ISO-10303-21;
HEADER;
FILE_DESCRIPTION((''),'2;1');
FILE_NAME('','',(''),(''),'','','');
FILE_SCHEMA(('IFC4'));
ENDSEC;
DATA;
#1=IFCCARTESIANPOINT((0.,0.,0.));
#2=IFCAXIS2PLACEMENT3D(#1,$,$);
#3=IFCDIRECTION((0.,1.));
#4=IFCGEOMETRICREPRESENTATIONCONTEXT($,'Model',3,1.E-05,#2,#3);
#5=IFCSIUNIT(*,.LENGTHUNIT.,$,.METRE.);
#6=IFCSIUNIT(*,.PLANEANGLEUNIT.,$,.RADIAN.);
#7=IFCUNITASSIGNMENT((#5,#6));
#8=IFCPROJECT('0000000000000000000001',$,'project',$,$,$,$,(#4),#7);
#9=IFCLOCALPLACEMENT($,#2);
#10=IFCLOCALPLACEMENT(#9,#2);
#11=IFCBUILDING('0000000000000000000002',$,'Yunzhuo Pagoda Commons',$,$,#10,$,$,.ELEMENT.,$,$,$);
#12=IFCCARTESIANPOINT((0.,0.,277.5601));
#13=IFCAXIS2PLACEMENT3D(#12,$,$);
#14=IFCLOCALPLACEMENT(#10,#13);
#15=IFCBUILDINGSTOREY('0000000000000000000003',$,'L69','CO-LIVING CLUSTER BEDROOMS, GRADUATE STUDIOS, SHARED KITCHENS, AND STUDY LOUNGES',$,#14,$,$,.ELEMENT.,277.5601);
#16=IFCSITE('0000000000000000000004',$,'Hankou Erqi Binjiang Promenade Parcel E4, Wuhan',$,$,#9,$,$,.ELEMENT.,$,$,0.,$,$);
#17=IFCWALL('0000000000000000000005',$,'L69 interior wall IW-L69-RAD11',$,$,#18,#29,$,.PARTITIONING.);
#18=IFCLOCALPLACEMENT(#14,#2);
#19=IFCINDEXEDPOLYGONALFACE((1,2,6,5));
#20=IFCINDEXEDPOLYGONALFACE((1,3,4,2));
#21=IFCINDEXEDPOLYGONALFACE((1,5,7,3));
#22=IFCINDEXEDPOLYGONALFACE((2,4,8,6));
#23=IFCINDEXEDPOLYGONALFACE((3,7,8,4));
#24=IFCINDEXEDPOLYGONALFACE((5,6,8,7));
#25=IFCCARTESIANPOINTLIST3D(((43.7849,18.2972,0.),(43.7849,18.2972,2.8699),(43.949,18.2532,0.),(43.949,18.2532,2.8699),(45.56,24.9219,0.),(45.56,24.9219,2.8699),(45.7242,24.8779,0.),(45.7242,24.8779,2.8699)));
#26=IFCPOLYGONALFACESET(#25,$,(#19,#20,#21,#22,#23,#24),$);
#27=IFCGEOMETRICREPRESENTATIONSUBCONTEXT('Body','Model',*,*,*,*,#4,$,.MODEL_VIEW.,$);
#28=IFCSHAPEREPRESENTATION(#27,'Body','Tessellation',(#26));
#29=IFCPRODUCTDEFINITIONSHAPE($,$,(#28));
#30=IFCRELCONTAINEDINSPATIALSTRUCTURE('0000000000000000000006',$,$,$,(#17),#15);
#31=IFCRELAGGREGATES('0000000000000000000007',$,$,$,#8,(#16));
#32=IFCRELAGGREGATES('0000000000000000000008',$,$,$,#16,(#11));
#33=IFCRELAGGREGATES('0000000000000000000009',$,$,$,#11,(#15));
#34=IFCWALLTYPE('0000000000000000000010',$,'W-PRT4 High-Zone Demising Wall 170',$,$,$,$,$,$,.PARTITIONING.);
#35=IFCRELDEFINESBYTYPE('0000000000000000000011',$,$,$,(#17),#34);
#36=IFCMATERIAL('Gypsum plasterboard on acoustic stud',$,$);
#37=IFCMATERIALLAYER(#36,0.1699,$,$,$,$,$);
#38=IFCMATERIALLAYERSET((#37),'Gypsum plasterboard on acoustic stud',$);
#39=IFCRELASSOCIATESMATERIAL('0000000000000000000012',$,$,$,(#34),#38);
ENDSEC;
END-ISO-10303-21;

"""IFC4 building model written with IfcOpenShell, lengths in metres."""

from ifc_helpers import new_model, si_unit, direction, frame, frame_2d, origin, place, context, subcontext, project, spatial, rectangle, extrude, material, layer, layer_set, type_object, element, save


model = new_model("IFC4")

# Units and contexts
model_context = context("Model", 3, precision=1e-05, world=origin(), true_north=direction((0.0, 1.0)))
body_context = subcontext(model_context, "Body", "Model", "MODEL_VIEW")
ifc_project = project(units=[si_unit("LENGTHUNIT", "METRE"), si_unit("PLANEANGLEUNIT", "RADIAN")], contexts=[model_context])

# Site, building, storey
site_placement = place(None, origin())
site = spatial("IfcSite", under=ifc_project, at=site_placement, Name="Hankou Erqi Binjiang Promenade Parcel E4, Wuhan", CompositionType="ELEMENT", RefElevation=0.0)
building_placement = place(site_placement, origin())
building = spatial("IfcBuilding", under=site, at=building_placement, Name="Yunzhuo Pagoda Commons", CompositionType="ELEMENT")
storey_placement = place(building_placement, frame((0.0, 0.0, 277.5601)))
storey = spatial("IfcBuildingStorey", under=building, at=storey_placement, Name="L69", Description="CO-LIVING CLUSTER BEDROOMS, GRADUATE STUDIOS, SHARED KITCHENS, AND STUDY LOUNGES", CompositionType="ELEMENT", Elevation=277.5601)

# Shared definitions
ifc_material_1 = material(Name="Gypsum plasterboard on acoustic stud")

# Wall
ifc_layer_1 = layer(ifc_material_1, 0.1699)
ifc_layer_set_1 = layer_set([ifc_layer_1], Name="Gypsum plasterboard on acoustic stud")
wall_type_1 = type_object("IfcWallType", Name="W-PRT4 High-Zone Demising Wall 170", PredefinedType="PARTITIONING", material=ifc_layer_set_1)
wall_1_placement = place(storey_placement, frame((45.6421, 24.8999, 0.0), z_axis=(0.0, 0.0, 1.0), x_axis=(-0.258826, -0.965924, 0.0)))
element("IfcWall", 1, at=wall_1_placement, inside=storey, type_object=wall_type_1, Name="L69 interior wall IW-L69-RAD11", PredefinedType="PARTITIONING", context=body_context, shape_type="SweptSolid", body=[
    extrude(rectangle(XDim=6.8584, YDim=0.1699, at=frame_2d((3.4292, 0.0))), origin(), (0.0, 0.0, 1.0), 2.8699),
])

save(model, "model.ifc")
